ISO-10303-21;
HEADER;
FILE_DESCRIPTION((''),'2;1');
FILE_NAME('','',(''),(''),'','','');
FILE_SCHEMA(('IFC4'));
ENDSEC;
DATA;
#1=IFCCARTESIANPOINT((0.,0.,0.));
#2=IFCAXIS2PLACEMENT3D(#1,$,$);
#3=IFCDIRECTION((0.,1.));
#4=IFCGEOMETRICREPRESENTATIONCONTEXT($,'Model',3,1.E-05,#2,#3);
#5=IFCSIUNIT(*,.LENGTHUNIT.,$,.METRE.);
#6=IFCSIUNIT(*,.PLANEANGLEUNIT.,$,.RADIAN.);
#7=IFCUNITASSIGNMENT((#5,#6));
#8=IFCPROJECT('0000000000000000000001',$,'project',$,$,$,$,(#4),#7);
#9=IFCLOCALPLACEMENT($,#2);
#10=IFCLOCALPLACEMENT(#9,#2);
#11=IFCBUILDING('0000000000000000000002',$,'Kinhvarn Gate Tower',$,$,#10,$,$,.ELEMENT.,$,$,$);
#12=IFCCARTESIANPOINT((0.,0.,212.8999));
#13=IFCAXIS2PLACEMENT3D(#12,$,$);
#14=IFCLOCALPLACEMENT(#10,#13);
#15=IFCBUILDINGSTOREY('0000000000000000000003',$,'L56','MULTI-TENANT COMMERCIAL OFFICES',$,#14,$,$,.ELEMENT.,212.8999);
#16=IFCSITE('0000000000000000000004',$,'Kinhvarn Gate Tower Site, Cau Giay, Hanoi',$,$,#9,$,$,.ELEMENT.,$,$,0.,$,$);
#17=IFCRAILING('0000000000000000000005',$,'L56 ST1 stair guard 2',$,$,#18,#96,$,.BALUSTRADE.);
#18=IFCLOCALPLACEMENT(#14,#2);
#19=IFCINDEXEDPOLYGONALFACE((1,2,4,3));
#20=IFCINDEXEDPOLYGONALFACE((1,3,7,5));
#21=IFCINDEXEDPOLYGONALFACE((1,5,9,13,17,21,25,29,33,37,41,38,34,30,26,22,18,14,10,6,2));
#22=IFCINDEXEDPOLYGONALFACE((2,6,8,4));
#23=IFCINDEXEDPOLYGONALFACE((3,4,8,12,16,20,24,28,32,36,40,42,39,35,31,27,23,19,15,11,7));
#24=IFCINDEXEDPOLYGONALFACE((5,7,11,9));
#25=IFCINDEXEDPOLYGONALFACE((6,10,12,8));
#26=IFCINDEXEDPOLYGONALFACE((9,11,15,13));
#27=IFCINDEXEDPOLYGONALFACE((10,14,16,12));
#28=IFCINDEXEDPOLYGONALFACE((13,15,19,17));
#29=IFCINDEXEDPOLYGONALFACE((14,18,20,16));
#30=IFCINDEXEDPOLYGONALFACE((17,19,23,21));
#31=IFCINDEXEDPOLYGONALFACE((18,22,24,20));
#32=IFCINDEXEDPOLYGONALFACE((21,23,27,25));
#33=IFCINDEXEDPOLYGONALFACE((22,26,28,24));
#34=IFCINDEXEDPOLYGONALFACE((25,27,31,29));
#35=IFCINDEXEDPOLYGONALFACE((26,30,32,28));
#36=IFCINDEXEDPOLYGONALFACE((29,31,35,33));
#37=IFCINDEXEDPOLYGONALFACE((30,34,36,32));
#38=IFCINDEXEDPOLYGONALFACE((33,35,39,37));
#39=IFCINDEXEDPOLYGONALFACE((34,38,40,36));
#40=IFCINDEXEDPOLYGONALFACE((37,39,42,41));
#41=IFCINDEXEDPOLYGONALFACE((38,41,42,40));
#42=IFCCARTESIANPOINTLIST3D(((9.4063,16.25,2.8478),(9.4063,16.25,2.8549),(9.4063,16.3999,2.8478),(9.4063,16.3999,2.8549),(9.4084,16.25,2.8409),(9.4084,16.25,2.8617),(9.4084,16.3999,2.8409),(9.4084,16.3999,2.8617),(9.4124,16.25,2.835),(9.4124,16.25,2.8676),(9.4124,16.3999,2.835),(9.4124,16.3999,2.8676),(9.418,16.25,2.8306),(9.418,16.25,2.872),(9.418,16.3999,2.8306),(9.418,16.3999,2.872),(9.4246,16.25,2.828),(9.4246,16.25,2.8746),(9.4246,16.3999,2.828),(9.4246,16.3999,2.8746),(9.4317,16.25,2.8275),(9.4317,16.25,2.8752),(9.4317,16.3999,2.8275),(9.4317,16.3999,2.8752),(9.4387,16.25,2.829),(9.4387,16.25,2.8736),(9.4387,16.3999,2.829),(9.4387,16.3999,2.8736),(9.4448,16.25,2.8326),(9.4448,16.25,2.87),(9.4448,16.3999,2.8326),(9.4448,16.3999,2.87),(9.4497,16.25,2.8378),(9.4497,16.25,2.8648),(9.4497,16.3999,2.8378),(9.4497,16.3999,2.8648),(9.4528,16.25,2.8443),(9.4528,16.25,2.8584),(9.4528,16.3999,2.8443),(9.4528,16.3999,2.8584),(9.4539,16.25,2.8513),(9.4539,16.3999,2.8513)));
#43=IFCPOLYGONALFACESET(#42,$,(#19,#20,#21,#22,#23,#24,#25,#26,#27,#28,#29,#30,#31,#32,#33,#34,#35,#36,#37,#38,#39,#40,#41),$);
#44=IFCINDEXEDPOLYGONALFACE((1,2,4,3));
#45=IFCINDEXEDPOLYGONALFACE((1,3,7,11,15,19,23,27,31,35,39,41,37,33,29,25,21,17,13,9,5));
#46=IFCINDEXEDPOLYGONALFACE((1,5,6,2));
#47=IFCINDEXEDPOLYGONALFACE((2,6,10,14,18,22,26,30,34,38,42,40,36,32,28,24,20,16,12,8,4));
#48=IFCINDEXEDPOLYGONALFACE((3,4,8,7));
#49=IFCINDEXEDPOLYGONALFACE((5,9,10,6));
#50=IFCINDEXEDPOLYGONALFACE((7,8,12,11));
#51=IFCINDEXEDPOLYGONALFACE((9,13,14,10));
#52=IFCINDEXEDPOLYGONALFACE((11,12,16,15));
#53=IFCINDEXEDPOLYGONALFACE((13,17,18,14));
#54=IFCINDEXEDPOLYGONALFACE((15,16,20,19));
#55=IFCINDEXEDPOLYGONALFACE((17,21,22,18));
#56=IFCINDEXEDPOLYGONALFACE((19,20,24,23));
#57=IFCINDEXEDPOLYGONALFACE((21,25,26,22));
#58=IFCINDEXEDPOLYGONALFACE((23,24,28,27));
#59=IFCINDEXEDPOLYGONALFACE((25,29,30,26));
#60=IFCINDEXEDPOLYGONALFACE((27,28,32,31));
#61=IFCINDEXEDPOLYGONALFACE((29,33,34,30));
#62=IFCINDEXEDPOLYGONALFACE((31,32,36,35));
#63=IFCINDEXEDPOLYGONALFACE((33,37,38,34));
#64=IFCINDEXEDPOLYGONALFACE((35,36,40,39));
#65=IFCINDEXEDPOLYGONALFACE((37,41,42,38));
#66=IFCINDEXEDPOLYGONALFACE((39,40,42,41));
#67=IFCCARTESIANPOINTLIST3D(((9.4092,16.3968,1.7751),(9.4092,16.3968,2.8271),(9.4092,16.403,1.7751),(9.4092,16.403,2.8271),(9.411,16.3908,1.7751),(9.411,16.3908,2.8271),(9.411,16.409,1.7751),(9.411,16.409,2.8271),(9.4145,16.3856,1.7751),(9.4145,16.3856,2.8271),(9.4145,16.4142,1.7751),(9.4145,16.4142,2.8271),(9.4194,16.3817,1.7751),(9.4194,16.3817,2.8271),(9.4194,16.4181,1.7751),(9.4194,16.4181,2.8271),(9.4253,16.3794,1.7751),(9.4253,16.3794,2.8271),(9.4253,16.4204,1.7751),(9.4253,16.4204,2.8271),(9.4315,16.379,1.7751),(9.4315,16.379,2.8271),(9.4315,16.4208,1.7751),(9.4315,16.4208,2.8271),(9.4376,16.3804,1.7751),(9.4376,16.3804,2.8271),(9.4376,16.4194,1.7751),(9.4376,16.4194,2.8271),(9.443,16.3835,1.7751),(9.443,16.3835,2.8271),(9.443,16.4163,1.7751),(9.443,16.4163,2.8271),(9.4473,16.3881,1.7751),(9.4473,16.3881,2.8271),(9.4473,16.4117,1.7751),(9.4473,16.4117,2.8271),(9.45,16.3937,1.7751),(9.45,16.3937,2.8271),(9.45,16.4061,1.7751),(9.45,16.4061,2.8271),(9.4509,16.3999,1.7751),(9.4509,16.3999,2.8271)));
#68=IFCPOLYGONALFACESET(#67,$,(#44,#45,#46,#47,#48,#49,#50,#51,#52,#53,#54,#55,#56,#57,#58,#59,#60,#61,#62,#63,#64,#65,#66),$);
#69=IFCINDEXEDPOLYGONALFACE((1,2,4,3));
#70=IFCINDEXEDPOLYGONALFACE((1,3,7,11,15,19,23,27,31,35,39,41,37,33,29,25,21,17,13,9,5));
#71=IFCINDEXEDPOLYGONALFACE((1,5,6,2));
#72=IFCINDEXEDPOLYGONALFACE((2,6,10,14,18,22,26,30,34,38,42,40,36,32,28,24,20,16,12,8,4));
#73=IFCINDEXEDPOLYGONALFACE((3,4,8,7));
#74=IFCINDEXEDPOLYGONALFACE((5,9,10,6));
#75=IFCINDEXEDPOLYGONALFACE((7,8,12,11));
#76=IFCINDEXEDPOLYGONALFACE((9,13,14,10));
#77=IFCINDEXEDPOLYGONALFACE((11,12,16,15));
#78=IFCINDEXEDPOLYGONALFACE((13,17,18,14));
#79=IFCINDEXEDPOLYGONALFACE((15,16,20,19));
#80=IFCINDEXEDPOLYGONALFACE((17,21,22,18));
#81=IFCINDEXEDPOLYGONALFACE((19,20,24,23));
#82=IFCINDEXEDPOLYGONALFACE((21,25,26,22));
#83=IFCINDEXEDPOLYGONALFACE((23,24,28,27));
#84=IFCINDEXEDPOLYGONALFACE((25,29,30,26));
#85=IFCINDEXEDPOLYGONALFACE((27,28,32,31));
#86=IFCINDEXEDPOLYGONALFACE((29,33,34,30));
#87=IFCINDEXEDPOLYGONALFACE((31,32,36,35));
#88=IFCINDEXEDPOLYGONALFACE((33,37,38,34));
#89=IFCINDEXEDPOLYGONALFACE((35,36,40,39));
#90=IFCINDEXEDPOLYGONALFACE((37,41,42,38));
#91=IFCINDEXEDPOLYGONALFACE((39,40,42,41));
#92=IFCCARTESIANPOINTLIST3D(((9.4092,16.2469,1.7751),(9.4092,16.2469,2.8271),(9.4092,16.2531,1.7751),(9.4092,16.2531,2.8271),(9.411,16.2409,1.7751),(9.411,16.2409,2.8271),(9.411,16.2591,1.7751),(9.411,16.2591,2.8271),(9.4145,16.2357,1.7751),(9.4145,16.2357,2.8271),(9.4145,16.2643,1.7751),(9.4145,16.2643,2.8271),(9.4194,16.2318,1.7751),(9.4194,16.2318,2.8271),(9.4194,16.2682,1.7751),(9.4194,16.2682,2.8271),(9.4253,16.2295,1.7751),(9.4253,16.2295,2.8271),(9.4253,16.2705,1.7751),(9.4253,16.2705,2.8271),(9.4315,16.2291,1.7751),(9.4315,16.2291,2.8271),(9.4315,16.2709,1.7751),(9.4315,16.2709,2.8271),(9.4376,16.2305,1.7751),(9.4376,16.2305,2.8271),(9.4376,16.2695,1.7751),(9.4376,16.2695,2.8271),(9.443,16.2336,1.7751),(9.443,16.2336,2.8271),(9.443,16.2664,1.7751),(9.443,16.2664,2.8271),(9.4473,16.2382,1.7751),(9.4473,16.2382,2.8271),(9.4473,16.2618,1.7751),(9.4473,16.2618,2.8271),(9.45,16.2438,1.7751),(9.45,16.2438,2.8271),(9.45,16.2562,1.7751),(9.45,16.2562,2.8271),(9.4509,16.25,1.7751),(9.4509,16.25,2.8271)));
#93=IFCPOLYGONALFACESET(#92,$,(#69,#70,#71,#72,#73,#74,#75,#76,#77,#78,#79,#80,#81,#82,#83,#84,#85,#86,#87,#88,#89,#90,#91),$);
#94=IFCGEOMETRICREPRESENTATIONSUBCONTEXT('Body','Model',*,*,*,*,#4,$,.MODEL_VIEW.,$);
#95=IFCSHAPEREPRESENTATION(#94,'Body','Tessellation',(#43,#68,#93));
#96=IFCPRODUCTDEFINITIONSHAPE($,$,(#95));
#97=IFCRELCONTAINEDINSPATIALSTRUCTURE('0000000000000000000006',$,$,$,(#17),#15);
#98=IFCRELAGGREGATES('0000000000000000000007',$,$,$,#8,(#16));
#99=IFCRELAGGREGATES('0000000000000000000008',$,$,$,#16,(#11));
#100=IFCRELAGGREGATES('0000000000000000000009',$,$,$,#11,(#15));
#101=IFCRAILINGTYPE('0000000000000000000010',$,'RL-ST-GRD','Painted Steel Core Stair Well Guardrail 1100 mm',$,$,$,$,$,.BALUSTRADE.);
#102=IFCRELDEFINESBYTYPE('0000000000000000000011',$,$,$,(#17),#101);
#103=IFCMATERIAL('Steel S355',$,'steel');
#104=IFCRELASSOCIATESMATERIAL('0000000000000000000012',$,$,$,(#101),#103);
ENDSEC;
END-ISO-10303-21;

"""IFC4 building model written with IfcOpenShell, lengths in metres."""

from ifc_helpers import new_model, si_unit, direction, frame, origin, origin_2d, place, context, subcontext, project, spatial, circle, extrude, material, type_object, element, save


model = new_model("IFC4")

# Units and contexts
model_context = context("Model", 3, precision=1e-05, world=origin(), true_north=direction((0.0, 1.0)))
body_context = subcontext(model_context, "Body", "Model", "MODEL_VIEW")
ifc_project = project(units=[si_unit("LENGTHUNIT", "METRE"), si_unit("PLANEANGLEUNIT", "RADIAN")], contexts=[model_context])

# Site, building, storey
site_placement = place(None, origin())
site = spatial("IfcSite", under=ifc_project, at=site_placement, Name="Kinhvarn Gate Tower Site, Cau Giay, Hanoi", CompositionType="ELEMENT", RefElevation=0.0)
building_placement = place(site_placement, origin())
building = spatial("IfcBuilding", under=site, at=building_placement, Name="Kinhvarn Gate Tower", CompositionType="ELEMENT")
storey_placement = place(building_placement, frame((0.0, 0.0, 212.8999)))
storey = spatial("IfcBuildingStorey", under=building, at=storey_placement, Name="L56", Description="MULTI-TENANT COMMERCIAL OFFICES", CompositionType="ELEMENT", Elevation=212.8999)

# Shared definitions
ifc_material_1 = material(Name="Steel S355", Category="steel")

# Railing
railing_type_1 = type_object("IfcRailingType", Name="RL-ST-GRD", Description="Painted Steel Core Stair Well Guardrail 1100 mm", PredefinedType="BALUSTRADE", material=ifc_material_1)
railing_1_placement = place(storey_placement, frame((9.4299, 16.3999, 1.7751)))
element("IfcRailing", 1, at=railing_1_placement, inside=storey, type_object=railing_type_1, Name="L56 ST1 stair guard 2", PredefinedType="BALUSTRADE", context=body_context, shape_type="SweptSolid", body=[
    extrude(circle(Radius=0.0239, at=origin_2d()), frame((0.0, 0.0, 1.0762), z_axis=(0.0, -1.0, 0.0), x_axis=(1.0, 0.0, 0.0)), (0.0, 0.0, 1.0), 0.1499),
    extrude(circle(Radius=0.021, at=origin_2d()), origin(), (0.0, 0.0, 1.0), 1.052),
    extrude(circle(Radius=0.021, at=origin_2d()), frame((0.0, -0.1499, 0.0)), (0.0, 0.0, 1.0), 1.052),
])

save(model, "model.ifc")
